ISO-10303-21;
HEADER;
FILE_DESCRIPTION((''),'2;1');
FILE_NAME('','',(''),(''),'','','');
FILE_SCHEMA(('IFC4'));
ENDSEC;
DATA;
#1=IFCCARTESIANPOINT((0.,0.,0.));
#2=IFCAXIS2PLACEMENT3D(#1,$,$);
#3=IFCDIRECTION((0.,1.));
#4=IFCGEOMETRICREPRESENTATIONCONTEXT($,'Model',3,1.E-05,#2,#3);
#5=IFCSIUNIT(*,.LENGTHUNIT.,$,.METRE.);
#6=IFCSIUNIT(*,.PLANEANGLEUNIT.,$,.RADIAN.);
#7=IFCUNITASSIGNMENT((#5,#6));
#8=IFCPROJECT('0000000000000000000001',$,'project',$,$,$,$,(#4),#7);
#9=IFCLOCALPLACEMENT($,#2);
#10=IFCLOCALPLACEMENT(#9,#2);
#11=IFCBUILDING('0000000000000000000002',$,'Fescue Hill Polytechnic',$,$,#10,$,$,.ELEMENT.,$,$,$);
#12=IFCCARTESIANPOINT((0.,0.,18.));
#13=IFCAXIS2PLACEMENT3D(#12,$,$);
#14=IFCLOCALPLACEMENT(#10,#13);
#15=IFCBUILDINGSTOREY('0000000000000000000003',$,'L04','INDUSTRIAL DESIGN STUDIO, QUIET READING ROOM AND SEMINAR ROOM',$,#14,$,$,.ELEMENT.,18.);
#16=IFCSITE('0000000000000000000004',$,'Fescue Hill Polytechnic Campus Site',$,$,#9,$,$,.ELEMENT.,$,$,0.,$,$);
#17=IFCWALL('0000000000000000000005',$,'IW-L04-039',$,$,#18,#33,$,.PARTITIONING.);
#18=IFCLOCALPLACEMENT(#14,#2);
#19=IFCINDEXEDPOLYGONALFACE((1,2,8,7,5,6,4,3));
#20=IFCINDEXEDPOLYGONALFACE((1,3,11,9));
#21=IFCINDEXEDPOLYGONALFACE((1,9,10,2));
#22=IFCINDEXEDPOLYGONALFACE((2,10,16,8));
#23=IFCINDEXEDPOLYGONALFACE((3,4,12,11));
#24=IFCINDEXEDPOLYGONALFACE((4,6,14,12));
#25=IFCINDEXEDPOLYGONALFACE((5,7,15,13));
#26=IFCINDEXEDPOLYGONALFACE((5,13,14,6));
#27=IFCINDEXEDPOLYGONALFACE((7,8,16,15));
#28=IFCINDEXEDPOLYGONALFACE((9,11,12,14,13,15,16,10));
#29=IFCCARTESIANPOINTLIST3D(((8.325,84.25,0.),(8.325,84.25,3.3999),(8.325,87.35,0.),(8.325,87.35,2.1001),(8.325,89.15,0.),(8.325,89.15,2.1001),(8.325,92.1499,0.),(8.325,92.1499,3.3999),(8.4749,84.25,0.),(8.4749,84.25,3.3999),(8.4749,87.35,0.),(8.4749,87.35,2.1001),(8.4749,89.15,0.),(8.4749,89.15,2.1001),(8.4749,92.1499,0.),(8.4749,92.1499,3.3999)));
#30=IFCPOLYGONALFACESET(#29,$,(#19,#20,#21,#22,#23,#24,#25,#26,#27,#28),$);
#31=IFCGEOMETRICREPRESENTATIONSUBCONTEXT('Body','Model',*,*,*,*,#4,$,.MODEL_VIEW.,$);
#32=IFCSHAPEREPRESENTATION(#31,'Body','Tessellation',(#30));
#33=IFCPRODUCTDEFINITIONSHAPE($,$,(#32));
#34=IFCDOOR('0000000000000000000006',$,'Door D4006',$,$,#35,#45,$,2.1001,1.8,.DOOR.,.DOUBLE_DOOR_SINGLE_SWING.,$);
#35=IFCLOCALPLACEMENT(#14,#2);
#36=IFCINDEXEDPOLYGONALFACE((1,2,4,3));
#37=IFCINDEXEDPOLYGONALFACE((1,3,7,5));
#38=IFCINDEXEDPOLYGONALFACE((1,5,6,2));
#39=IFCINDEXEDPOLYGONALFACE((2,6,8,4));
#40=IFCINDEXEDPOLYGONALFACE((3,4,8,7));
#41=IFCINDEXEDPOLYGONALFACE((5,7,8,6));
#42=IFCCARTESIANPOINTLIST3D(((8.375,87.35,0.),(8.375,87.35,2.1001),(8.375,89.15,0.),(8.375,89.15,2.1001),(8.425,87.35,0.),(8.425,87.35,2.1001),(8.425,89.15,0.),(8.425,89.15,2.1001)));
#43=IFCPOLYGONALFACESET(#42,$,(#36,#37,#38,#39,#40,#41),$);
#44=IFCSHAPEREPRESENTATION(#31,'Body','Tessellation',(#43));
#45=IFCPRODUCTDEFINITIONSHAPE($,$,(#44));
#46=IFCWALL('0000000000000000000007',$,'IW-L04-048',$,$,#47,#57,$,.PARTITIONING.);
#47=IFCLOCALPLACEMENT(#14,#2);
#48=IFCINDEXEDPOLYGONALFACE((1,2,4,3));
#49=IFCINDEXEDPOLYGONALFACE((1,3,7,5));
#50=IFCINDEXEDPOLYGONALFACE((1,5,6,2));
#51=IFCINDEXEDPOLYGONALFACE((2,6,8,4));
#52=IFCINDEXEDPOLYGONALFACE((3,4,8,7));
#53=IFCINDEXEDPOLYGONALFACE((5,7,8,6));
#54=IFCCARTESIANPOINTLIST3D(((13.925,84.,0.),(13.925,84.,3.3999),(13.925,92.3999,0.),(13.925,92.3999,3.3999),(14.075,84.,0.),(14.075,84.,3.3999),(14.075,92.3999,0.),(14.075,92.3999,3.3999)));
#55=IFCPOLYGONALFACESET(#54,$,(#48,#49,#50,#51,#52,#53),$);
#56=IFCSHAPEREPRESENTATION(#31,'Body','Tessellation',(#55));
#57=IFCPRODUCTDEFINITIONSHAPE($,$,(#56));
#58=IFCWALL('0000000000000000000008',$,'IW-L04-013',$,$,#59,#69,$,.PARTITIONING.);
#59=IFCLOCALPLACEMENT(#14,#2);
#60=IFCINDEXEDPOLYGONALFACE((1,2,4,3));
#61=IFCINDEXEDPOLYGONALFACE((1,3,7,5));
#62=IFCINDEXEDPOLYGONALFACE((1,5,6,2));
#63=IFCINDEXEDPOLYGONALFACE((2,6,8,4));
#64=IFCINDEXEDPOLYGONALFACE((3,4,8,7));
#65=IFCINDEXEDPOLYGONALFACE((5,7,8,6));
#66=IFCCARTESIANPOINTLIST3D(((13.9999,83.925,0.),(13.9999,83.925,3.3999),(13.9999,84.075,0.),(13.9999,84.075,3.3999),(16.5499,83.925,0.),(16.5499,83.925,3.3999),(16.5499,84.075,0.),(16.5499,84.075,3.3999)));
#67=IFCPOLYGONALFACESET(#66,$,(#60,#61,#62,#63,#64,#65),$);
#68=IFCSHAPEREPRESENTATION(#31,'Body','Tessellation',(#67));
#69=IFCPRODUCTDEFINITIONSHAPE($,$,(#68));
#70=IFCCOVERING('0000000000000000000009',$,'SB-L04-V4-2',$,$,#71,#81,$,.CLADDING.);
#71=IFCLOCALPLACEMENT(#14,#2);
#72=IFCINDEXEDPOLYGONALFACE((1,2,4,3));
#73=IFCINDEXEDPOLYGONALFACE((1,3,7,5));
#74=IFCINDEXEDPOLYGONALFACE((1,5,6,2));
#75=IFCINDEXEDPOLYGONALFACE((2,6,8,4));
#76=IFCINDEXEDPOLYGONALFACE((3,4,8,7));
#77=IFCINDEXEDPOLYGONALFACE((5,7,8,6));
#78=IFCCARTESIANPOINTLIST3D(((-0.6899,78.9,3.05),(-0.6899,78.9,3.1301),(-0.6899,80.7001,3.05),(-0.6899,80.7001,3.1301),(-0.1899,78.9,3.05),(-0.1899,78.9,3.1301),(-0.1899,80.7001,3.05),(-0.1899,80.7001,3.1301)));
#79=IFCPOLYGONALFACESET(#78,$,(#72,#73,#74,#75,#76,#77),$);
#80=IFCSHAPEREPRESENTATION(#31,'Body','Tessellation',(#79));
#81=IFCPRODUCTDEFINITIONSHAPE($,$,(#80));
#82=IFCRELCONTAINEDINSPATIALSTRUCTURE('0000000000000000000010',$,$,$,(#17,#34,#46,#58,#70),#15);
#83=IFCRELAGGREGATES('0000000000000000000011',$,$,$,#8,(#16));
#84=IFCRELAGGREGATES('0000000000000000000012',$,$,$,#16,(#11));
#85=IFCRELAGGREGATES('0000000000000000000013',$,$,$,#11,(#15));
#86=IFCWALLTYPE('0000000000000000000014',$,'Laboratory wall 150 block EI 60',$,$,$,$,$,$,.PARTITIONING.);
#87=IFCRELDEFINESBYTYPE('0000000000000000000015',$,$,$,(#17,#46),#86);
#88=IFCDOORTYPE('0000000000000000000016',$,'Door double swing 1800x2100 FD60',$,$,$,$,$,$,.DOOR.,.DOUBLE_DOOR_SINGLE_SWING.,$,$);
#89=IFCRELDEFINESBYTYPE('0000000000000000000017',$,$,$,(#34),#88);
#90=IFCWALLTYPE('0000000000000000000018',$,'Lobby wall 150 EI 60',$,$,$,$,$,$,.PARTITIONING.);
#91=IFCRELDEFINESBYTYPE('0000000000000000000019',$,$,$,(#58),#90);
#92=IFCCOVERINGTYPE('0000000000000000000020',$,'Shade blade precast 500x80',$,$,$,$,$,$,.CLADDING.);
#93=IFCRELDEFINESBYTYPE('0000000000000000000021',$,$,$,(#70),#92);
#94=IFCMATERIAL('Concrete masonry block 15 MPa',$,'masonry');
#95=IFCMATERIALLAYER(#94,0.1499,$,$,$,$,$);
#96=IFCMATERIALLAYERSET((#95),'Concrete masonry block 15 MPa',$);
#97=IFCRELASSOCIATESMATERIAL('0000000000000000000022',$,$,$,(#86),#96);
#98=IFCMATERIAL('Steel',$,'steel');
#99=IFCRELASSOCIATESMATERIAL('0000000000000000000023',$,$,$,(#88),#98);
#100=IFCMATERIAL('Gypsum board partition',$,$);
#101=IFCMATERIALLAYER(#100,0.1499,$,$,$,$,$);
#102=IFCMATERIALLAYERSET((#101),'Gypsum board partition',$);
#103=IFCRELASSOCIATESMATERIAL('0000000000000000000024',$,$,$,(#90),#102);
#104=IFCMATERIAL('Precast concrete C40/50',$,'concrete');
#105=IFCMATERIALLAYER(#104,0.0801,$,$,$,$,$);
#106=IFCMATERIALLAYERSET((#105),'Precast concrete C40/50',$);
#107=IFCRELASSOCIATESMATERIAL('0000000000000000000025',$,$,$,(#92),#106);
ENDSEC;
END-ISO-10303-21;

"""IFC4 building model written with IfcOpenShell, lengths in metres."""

from ifc_helpers import new_model, si_unit, direction, frame, frame_2d, origin, origin_2d, place, context, subcontext, project, spatial, rectangle, extrude, material, layer, layer_set, type_object, element, fill, save


model = new_model("IFC4")

# Units and contexts
model_context = context("Model", 3, precision=1e-05, world=origin(), true_north=direction((0.0, 1.0)))
body_context = subcontext(model_context, "Body", "Model", "MODEL_VIEW")
ifc_project = project(units=[si_unit("LENGTHUNIT", "METRE"), si_unit("PLANEANGLEUNIT", "RADIAN")], contexts=[model_context])

# Site, building, storey
site_placement = place(None, origin())
site = spatial("IfcSite", under=ifc_project, at=site_placement, Name="Fescue Hill Polytechnic Campus Site", CompositionType="ELEMENT", RefElevation=0.0)
building_placement = place(site_placement, origin())
building = spatial("IfcBuilding", under=site, at=building_placement, Name="Fescue Hill Polytechnic", CompositionType="ELEMENT")
storey_placement = place(building_placement, frame((0.0, 0.0, 18.0)))
storey = spatial("IfcBuildingStorey", under=building, at=storey_placement, Name="L04", Description="INDUSTRIAL DESIGN STUDIO, QUIET READING ROOM AND SEMINAR ROOM", CompositionType="ELEMENT", Elevation=18.0)

# Shared definitions
ifc_material_1 = material(Name="Concrete masonry block 15 MPa", Category="masonry")
ifc_layer_1 = layer(ifc_material_1, 0.1499)
ifc_layer_set_1 = layer_set([ifc_layer_1], Name="Concrete masonry block 15 MPa")
wall_type_1 = type_object("IfcWallType", Name="Laboratory wall 150 block EI 60", PredefinedType="PARTITIONING", material=ifc_layer_set_1)

# Wall, opening, door
wall_1_placement = place(storey_placement, frame((8.3999, 84.25, 0.0), z_axis=(0.0, 0.0, 1.0), x_axis=(0.0, 1.0, 0.0)))
wall_1 = element("IfcWall", 1, at=wall_1_placement, inside=storey, type_object=wall_type_1, Name="IW-L04-039", PredefinedType="PARTITIONING", context=body_context, shape_type="SweptSolid", body=[
    extrude(rectangle(XDim=7.8999, YDim=0.1499, at=frame_2d((3.95, 0.0))), origin(), (0.0, 0.0, 1.0), 3.3999),
])
opening_1_placement = place(wall_1_placement, frame((3.1001, 0.0, 0.0)))
opening_1 = element("IfcOpeningElement", 2, at=opening_1_placement, cuts=wall_1, PredefinedType="OPENING", context=body_context, shape_type="SweptSolid", body=[
    extrude(rectangle(XDim=1.8, YDim=2.1001, at=frame_2d((0.8999, 1.05))), frame((0.0, 0.085, 0.0), z_axis=(0.0, -1.0, 0.0), x_axis=(1.0, 0.0, 0.0)), (0.0, 0.0, 1.0), 0.1699),
])
ifc_material_2 = material(Name="Steel", Category="steel")
door_type = type_object("IfcDoorType", Name="Door double swing 1800x2100 FD60", OperationType="DOUBLE_DOOR_SINGLE_SWING", PredefinedType="DOOR", material=ifc_material_2)
door_placement = place(opening_1_placement, origin())
door = element("IfcDoor", 3, at=door_placement, inside=storey, type_object=door_type, Name="Door D4006", OperationType="DOUBLE_DOOR_SINGLE_SWING", OverallHeight=2.1001, OverallWidth=1.8, PredefinedType="DOOR", context=body_context, shape_type="SweptSolid", body=[
    extrude(rectangle(XDim=1.8, YDim=2.1001, at=frame_2d((0.8999, 1.05))), frame((0.0, 0.0249, 0.0), z_axis=(0.0, -1.0, 0.0), x_axis=(1.0, 0.0, 0.0)), (0.0, 0.0, 1.0), 0.05),
])
fill(opening_1, door)

# Walls
wall_2_placement = place(storey_placement, frame((14.0, 84.0, 0.0), z_axis=(0.0, 0.0, 1.0), x_axis=(0.0, 1.0, 0.0)))
element("IfcWall", 4, at=wall_2_placement, inside=storey, type_object=wall_type_1, Name="IW-L04-048", PredefinedType="PARTITIONING", context=body_context, shape_type="SweptSolid", body=[
    extrude(rectangle(XDim=8.3999, YDim=0.1499, at=frame_2d((4.2, 0.0))), origin(), (0.0, 0.0, 1.0), 3.3999),
])
ifc_material_3 = material(Name="Gypsum board partition")
ifc_layer_2 = layer(ifc_material_3, 0.1499)
ifc_layer_set_2 = layer_set([ifc_layer_2], Name="Gypsum board partition")
wall_type_2 = type_object("IfcWallType", Name="Lobby wall 150 EI 60", PredefinedType="PARTITIONING", material=ifc_layer_set_2)
wall_3_placement = place(storey_placement, frame((14.0, 84.0, 0.0), z_axis=(0.0, 0.0, 1.0), x_axis=(1.0, 0.0, 0.0)))
element("IfcWall", 5, at=wall_3_placement, inside=storey, type_object=wall_type_2, Name="IW-L04-013", PredefinedType="PARTITIONING", context=body_context, shape_type="SweptSolid", body=[
    extrude(rectangle(XDim=2.55, YDim=0.1499, at=frame_2d((1.2749, 0.0))), origin(), (0.0, 0.0, 1.0), 3.3999),
])

# Covering
ifc_material_4 = material(Name="Precast concrete C40/50", Category="concrete")
ifc_layer_3 = layer(ifc_material_4, 0.0801)
ifc_layer_set_3 = layer_set([ifc_layer_3], Name="Precast concrete C40/50")
covering_type = type_object("IfcCoveringType", Name="Shade blade precast 500x80", PredefinedType="CLADDING", material=ifc_layer_set_3)
covering_placement = place(storey_placement, frame((-0.4399, 79.8, 3.05), z_axis=(0.0, 0.0, 1.0), x_axis=(0.0, -1.0, 0.0)))
element("IfcCovering", 6, at=covering_placement, inside=storey, type_object=covering_type, Name="SB-L04-V4-2", PredefinedType="CLADDING", context=body_context, shape_type="SweptSolid", body=[
    extrude(rectangle(XDim=1.8, YDim=0.5, at=origin_2d()), origin(), (0.0, 0.0, 1.0), 0.0801),
])

save(model, "model.ifc")
